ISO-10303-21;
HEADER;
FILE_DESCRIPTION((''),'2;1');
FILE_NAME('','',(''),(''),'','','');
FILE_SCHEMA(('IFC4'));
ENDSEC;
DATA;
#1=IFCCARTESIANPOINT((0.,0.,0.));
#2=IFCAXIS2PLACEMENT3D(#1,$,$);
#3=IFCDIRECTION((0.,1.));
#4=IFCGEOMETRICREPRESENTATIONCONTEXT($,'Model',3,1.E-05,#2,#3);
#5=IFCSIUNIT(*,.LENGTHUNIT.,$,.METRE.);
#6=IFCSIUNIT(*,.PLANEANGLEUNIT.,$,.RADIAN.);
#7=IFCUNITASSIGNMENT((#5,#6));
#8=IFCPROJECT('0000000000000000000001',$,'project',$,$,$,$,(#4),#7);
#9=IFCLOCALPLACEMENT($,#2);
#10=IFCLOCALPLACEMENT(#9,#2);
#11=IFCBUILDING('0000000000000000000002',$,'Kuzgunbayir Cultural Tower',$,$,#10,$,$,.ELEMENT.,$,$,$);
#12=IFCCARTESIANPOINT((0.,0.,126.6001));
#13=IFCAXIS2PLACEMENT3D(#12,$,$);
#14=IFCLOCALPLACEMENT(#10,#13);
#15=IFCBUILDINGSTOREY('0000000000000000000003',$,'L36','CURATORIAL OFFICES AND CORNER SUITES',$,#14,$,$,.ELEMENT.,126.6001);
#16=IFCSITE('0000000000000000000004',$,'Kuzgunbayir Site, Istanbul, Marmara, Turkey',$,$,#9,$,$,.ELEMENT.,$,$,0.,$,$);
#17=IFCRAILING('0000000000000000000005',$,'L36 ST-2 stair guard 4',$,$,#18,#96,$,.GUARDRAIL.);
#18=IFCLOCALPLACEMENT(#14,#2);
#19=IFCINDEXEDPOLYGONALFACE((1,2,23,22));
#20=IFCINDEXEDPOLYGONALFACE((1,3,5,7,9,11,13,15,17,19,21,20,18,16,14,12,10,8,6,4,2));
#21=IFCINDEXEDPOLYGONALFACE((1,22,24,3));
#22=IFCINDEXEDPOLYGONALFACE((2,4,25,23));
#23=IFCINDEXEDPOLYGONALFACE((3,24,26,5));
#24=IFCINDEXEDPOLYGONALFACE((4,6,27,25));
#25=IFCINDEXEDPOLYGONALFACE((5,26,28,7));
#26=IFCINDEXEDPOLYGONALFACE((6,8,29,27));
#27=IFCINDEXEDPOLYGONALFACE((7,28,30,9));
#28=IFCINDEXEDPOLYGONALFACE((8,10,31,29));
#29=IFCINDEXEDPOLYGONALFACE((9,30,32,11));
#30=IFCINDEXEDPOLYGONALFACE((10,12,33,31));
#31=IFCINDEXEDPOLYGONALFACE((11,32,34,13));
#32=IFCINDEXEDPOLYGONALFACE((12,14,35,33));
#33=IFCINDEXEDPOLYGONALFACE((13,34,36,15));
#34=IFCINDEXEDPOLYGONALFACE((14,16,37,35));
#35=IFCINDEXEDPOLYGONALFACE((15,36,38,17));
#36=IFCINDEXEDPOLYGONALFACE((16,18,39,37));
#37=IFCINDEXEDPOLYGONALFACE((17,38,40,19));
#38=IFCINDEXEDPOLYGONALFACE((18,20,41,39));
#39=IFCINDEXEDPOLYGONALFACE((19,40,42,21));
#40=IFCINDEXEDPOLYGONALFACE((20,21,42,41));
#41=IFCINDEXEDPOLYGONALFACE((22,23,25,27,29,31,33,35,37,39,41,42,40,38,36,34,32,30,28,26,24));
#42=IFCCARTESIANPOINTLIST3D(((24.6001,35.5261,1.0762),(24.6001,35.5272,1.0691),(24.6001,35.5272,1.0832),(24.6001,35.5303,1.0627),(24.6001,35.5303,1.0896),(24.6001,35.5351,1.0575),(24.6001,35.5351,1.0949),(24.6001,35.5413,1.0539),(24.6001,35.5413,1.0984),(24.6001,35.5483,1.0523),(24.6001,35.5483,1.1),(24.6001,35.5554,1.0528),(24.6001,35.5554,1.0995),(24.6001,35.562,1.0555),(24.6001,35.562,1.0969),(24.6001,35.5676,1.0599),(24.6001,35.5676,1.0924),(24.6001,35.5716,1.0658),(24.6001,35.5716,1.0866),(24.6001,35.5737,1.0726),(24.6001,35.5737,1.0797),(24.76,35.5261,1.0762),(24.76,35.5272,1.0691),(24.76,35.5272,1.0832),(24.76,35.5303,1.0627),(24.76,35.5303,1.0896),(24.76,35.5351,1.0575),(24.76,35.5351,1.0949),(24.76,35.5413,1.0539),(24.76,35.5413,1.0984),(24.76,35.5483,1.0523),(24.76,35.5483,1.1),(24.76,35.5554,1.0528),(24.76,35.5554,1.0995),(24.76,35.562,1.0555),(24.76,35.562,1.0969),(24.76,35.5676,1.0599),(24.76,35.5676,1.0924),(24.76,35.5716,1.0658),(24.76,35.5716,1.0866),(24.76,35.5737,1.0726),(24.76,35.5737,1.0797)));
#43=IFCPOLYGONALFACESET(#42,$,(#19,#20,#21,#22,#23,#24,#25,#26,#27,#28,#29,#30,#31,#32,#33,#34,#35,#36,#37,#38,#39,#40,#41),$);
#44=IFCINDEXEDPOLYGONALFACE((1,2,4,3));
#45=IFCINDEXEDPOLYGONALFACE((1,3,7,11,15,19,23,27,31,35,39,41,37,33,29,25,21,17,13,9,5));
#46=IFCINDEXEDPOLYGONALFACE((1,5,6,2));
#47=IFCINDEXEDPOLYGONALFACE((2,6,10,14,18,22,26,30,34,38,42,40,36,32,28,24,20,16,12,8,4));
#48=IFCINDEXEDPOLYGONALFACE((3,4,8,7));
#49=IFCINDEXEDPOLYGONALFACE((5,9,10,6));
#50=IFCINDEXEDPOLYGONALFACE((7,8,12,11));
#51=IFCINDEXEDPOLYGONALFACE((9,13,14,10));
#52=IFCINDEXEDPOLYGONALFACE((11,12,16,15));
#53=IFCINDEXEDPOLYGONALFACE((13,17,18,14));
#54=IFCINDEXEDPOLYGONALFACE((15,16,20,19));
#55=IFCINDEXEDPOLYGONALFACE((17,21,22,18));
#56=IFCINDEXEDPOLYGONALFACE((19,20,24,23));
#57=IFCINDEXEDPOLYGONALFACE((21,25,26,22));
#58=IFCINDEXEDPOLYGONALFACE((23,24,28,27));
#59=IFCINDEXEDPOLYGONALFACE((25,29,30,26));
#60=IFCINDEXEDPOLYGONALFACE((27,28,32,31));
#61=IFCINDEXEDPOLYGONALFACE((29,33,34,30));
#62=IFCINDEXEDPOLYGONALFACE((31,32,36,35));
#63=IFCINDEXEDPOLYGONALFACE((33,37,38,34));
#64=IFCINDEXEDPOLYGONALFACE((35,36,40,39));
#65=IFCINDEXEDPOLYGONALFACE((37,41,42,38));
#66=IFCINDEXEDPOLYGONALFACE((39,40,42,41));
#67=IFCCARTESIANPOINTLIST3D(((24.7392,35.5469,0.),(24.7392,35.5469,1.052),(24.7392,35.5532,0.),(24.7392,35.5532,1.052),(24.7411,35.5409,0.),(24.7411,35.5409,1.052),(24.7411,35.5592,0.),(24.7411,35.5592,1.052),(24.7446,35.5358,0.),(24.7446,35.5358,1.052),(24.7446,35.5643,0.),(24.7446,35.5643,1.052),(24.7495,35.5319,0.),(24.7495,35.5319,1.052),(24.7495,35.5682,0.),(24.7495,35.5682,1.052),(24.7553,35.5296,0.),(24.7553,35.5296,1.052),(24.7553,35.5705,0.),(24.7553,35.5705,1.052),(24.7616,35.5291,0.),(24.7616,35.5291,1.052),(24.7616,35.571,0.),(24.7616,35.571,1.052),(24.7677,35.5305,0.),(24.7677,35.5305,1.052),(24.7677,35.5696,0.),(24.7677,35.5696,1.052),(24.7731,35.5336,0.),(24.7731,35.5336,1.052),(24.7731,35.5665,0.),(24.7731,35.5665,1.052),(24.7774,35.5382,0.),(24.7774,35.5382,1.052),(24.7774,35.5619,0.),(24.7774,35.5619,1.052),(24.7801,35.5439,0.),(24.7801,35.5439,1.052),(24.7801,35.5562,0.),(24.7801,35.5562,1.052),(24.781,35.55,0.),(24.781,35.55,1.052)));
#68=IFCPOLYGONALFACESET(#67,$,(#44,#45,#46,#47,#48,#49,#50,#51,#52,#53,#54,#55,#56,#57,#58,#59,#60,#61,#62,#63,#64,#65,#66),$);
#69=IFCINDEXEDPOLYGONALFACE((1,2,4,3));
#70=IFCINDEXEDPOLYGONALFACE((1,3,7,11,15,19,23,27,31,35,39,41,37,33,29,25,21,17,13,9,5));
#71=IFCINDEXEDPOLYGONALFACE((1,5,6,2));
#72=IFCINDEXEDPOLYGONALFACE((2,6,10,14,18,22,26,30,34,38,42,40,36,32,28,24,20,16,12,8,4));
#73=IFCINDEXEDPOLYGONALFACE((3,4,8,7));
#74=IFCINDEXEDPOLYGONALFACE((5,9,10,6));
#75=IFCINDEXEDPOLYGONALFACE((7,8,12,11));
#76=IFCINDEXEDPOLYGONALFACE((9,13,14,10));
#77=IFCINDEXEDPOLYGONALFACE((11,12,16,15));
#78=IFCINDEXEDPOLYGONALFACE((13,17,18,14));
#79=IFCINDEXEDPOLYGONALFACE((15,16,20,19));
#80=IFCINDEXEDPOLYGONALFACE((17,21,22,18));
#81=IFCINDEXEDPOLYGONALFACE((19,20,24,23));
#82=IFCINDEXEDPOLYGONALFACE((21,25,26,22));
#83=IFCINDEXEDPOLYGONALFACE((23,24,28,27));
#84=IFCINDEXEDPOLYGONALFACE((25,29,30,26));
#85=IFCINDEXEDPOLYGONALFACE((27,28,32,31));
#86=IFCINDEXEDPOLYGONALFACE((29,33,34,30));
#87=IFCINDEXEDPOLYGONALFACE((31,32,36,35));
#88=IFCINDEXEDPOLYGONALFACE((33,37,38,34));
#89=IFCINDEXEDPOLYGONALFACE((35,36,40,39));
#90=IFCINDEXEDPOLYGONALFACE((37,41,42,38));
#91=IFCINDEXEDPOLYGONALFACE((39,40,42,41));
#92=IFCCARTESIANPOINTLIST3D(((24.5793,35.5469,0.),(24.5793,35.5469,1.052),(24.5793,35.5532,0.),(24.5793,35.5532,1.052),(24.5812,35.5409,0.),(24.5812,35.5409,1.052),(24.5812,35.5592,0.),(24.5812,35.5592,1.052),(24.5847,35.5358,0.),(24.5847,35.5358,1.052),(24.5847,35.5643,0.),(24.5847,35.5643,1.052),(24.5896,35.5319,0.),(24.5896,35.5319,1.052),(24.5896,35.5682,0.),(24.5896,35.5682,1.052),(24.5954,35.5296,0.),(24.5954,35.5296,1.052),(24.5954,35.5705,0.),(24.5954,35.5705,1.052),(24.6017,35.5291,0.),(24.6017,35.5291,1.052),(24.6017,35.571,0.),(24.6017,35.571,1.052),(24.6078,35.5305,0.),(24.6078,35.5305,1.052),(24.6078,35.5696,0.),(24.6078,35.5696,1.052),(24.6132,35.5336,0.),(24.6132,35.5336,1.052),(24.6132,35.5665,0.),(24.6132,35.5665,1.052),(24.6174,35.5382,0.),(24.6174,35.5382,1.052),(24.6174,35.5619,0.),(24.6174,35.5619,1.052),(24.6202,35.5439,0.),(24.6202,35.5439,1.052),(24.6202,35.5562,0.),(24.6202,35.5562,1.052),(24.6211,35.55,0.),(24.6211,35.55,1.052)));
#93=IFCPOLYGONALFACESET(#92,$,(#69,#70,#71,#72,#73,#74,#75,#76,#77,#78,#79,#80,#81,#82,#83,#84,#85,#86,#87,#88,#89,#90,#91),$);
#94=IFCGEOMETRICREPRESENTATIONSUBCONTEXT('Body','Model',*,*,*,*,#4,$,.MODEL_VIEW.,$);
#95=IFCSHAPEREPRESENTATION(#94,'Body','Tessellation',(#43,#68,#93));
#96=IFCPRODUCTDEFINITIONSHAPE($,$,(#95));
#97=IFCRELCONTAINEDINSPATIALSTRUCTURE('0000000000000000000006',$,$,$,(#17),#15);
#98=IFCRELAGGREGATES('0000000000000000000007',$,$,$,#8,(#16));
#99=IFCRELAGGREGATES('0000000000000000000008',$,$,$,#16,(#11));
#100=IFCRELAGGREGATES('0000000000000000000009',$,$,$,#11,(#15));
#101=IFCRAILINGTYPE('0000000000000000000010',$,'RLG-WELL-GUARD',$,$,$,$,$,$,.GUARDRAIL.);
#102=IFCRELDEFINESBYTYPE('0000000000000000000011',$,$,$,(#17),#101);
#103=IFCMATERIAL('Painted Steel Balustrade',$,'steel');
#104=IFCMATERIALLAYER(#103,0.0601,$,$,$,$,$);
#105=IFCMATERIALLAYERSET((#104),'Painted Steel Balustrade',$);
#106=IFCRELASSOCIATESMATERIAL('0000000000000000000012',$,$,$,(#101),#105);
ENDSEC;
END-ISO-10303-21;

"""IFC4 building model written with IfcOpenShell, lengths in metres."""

from ifc_helpers import new_model, si_unit, direction, frame, origin, origin_2d, place, context, subcontext, project, spatial, circle, extrude, material, layer, layer_set, type_object, element, save


model = new_model("IFC4")

# Units and contexts
model_context = context("Model", 3, precision=1e-05, world=origin(), true_north=direction((0.0, 1.0)))
body_context = subcontext(model_context, "Body", "Model", "MODEL_VIEW")
ifc_project = project(units=[si_unit("LENGTHUNIT", "METRE"), si_unit("PLANEANGLEUNIT", "RADIAN")], contexts=[model_context])

# Site, building, storey
site_placement = place(None, origin())
site = spatial("IfcSite", under=ifc_project, at=site_placement, Name="Kuzgunbayir Site, Istanbul, Marmara, Turkey", CompositionType="ELEMENT", RefElevation=0.0)
building_placement = place(site_placement, origin())
building = spatial("IfcBuilding", under=site, at=building_placement, Name="Kuzgunbayir Cultural Tower", CompositionType="ELEMENT")
storey_placement = place(building_placement, frame((0.0, 0.0, 126.6001)))
storey = spatial("IfcBuildingStorey", under=building, at=storey_placement, Name="L36", Description="CURATORIAL OFFICES AND CORNER SUITES", CompositionType="ELEMENT", Elevation=126.6001)

# Railing
ifc_material_1 = material(Name="Painted Steel Balustrade", Category="steel")
ifc_layer_1 = layer(ifc_material_1, 0.0601)
ifc_layer_set_1 = layer_set([ifc_layer_1], Name="Painted Steel Balustrade")
railing_type_1 = type_object("IfcRailingType", Name="RLG-WELL-GUARD", PredefinedType="GUARDRAIL", material=ifc_layer_set_1)
railing_1_placement = place(storey_placement, frame((24.76, 35.55, 0.0)))
element("IfcRailing", 1, at=railing_1_placement, inside=storey, type_object=railing_type_1, Name="L36 ST-2 stair guard 4", PredefinedType="GUARDRAIL", context=body_context, shape_type="SweptSolid", body=[
    extrude(circle(Radius=0.0239, at=origin_2d()), frame((0.0, 0.0, 1.0762), z_axis=(-1.0, 0.0, 0.0), x_axis=(0.0, -1.0, 0.0)), (0.0, 0.0, 1.0), 0.1599),
    extrude(circle(Radius=0.021, at=origin_2d()), origin(), (0.0, 0.0, 1.0), 1.052),
    extrude(circle(Radius=0.021, at=origin_2d()), frame((-0.1599, 0.0, 0.0)), (0.0, 0.0, 1.0), 1.052),
])

save(model, "model.ifc")
